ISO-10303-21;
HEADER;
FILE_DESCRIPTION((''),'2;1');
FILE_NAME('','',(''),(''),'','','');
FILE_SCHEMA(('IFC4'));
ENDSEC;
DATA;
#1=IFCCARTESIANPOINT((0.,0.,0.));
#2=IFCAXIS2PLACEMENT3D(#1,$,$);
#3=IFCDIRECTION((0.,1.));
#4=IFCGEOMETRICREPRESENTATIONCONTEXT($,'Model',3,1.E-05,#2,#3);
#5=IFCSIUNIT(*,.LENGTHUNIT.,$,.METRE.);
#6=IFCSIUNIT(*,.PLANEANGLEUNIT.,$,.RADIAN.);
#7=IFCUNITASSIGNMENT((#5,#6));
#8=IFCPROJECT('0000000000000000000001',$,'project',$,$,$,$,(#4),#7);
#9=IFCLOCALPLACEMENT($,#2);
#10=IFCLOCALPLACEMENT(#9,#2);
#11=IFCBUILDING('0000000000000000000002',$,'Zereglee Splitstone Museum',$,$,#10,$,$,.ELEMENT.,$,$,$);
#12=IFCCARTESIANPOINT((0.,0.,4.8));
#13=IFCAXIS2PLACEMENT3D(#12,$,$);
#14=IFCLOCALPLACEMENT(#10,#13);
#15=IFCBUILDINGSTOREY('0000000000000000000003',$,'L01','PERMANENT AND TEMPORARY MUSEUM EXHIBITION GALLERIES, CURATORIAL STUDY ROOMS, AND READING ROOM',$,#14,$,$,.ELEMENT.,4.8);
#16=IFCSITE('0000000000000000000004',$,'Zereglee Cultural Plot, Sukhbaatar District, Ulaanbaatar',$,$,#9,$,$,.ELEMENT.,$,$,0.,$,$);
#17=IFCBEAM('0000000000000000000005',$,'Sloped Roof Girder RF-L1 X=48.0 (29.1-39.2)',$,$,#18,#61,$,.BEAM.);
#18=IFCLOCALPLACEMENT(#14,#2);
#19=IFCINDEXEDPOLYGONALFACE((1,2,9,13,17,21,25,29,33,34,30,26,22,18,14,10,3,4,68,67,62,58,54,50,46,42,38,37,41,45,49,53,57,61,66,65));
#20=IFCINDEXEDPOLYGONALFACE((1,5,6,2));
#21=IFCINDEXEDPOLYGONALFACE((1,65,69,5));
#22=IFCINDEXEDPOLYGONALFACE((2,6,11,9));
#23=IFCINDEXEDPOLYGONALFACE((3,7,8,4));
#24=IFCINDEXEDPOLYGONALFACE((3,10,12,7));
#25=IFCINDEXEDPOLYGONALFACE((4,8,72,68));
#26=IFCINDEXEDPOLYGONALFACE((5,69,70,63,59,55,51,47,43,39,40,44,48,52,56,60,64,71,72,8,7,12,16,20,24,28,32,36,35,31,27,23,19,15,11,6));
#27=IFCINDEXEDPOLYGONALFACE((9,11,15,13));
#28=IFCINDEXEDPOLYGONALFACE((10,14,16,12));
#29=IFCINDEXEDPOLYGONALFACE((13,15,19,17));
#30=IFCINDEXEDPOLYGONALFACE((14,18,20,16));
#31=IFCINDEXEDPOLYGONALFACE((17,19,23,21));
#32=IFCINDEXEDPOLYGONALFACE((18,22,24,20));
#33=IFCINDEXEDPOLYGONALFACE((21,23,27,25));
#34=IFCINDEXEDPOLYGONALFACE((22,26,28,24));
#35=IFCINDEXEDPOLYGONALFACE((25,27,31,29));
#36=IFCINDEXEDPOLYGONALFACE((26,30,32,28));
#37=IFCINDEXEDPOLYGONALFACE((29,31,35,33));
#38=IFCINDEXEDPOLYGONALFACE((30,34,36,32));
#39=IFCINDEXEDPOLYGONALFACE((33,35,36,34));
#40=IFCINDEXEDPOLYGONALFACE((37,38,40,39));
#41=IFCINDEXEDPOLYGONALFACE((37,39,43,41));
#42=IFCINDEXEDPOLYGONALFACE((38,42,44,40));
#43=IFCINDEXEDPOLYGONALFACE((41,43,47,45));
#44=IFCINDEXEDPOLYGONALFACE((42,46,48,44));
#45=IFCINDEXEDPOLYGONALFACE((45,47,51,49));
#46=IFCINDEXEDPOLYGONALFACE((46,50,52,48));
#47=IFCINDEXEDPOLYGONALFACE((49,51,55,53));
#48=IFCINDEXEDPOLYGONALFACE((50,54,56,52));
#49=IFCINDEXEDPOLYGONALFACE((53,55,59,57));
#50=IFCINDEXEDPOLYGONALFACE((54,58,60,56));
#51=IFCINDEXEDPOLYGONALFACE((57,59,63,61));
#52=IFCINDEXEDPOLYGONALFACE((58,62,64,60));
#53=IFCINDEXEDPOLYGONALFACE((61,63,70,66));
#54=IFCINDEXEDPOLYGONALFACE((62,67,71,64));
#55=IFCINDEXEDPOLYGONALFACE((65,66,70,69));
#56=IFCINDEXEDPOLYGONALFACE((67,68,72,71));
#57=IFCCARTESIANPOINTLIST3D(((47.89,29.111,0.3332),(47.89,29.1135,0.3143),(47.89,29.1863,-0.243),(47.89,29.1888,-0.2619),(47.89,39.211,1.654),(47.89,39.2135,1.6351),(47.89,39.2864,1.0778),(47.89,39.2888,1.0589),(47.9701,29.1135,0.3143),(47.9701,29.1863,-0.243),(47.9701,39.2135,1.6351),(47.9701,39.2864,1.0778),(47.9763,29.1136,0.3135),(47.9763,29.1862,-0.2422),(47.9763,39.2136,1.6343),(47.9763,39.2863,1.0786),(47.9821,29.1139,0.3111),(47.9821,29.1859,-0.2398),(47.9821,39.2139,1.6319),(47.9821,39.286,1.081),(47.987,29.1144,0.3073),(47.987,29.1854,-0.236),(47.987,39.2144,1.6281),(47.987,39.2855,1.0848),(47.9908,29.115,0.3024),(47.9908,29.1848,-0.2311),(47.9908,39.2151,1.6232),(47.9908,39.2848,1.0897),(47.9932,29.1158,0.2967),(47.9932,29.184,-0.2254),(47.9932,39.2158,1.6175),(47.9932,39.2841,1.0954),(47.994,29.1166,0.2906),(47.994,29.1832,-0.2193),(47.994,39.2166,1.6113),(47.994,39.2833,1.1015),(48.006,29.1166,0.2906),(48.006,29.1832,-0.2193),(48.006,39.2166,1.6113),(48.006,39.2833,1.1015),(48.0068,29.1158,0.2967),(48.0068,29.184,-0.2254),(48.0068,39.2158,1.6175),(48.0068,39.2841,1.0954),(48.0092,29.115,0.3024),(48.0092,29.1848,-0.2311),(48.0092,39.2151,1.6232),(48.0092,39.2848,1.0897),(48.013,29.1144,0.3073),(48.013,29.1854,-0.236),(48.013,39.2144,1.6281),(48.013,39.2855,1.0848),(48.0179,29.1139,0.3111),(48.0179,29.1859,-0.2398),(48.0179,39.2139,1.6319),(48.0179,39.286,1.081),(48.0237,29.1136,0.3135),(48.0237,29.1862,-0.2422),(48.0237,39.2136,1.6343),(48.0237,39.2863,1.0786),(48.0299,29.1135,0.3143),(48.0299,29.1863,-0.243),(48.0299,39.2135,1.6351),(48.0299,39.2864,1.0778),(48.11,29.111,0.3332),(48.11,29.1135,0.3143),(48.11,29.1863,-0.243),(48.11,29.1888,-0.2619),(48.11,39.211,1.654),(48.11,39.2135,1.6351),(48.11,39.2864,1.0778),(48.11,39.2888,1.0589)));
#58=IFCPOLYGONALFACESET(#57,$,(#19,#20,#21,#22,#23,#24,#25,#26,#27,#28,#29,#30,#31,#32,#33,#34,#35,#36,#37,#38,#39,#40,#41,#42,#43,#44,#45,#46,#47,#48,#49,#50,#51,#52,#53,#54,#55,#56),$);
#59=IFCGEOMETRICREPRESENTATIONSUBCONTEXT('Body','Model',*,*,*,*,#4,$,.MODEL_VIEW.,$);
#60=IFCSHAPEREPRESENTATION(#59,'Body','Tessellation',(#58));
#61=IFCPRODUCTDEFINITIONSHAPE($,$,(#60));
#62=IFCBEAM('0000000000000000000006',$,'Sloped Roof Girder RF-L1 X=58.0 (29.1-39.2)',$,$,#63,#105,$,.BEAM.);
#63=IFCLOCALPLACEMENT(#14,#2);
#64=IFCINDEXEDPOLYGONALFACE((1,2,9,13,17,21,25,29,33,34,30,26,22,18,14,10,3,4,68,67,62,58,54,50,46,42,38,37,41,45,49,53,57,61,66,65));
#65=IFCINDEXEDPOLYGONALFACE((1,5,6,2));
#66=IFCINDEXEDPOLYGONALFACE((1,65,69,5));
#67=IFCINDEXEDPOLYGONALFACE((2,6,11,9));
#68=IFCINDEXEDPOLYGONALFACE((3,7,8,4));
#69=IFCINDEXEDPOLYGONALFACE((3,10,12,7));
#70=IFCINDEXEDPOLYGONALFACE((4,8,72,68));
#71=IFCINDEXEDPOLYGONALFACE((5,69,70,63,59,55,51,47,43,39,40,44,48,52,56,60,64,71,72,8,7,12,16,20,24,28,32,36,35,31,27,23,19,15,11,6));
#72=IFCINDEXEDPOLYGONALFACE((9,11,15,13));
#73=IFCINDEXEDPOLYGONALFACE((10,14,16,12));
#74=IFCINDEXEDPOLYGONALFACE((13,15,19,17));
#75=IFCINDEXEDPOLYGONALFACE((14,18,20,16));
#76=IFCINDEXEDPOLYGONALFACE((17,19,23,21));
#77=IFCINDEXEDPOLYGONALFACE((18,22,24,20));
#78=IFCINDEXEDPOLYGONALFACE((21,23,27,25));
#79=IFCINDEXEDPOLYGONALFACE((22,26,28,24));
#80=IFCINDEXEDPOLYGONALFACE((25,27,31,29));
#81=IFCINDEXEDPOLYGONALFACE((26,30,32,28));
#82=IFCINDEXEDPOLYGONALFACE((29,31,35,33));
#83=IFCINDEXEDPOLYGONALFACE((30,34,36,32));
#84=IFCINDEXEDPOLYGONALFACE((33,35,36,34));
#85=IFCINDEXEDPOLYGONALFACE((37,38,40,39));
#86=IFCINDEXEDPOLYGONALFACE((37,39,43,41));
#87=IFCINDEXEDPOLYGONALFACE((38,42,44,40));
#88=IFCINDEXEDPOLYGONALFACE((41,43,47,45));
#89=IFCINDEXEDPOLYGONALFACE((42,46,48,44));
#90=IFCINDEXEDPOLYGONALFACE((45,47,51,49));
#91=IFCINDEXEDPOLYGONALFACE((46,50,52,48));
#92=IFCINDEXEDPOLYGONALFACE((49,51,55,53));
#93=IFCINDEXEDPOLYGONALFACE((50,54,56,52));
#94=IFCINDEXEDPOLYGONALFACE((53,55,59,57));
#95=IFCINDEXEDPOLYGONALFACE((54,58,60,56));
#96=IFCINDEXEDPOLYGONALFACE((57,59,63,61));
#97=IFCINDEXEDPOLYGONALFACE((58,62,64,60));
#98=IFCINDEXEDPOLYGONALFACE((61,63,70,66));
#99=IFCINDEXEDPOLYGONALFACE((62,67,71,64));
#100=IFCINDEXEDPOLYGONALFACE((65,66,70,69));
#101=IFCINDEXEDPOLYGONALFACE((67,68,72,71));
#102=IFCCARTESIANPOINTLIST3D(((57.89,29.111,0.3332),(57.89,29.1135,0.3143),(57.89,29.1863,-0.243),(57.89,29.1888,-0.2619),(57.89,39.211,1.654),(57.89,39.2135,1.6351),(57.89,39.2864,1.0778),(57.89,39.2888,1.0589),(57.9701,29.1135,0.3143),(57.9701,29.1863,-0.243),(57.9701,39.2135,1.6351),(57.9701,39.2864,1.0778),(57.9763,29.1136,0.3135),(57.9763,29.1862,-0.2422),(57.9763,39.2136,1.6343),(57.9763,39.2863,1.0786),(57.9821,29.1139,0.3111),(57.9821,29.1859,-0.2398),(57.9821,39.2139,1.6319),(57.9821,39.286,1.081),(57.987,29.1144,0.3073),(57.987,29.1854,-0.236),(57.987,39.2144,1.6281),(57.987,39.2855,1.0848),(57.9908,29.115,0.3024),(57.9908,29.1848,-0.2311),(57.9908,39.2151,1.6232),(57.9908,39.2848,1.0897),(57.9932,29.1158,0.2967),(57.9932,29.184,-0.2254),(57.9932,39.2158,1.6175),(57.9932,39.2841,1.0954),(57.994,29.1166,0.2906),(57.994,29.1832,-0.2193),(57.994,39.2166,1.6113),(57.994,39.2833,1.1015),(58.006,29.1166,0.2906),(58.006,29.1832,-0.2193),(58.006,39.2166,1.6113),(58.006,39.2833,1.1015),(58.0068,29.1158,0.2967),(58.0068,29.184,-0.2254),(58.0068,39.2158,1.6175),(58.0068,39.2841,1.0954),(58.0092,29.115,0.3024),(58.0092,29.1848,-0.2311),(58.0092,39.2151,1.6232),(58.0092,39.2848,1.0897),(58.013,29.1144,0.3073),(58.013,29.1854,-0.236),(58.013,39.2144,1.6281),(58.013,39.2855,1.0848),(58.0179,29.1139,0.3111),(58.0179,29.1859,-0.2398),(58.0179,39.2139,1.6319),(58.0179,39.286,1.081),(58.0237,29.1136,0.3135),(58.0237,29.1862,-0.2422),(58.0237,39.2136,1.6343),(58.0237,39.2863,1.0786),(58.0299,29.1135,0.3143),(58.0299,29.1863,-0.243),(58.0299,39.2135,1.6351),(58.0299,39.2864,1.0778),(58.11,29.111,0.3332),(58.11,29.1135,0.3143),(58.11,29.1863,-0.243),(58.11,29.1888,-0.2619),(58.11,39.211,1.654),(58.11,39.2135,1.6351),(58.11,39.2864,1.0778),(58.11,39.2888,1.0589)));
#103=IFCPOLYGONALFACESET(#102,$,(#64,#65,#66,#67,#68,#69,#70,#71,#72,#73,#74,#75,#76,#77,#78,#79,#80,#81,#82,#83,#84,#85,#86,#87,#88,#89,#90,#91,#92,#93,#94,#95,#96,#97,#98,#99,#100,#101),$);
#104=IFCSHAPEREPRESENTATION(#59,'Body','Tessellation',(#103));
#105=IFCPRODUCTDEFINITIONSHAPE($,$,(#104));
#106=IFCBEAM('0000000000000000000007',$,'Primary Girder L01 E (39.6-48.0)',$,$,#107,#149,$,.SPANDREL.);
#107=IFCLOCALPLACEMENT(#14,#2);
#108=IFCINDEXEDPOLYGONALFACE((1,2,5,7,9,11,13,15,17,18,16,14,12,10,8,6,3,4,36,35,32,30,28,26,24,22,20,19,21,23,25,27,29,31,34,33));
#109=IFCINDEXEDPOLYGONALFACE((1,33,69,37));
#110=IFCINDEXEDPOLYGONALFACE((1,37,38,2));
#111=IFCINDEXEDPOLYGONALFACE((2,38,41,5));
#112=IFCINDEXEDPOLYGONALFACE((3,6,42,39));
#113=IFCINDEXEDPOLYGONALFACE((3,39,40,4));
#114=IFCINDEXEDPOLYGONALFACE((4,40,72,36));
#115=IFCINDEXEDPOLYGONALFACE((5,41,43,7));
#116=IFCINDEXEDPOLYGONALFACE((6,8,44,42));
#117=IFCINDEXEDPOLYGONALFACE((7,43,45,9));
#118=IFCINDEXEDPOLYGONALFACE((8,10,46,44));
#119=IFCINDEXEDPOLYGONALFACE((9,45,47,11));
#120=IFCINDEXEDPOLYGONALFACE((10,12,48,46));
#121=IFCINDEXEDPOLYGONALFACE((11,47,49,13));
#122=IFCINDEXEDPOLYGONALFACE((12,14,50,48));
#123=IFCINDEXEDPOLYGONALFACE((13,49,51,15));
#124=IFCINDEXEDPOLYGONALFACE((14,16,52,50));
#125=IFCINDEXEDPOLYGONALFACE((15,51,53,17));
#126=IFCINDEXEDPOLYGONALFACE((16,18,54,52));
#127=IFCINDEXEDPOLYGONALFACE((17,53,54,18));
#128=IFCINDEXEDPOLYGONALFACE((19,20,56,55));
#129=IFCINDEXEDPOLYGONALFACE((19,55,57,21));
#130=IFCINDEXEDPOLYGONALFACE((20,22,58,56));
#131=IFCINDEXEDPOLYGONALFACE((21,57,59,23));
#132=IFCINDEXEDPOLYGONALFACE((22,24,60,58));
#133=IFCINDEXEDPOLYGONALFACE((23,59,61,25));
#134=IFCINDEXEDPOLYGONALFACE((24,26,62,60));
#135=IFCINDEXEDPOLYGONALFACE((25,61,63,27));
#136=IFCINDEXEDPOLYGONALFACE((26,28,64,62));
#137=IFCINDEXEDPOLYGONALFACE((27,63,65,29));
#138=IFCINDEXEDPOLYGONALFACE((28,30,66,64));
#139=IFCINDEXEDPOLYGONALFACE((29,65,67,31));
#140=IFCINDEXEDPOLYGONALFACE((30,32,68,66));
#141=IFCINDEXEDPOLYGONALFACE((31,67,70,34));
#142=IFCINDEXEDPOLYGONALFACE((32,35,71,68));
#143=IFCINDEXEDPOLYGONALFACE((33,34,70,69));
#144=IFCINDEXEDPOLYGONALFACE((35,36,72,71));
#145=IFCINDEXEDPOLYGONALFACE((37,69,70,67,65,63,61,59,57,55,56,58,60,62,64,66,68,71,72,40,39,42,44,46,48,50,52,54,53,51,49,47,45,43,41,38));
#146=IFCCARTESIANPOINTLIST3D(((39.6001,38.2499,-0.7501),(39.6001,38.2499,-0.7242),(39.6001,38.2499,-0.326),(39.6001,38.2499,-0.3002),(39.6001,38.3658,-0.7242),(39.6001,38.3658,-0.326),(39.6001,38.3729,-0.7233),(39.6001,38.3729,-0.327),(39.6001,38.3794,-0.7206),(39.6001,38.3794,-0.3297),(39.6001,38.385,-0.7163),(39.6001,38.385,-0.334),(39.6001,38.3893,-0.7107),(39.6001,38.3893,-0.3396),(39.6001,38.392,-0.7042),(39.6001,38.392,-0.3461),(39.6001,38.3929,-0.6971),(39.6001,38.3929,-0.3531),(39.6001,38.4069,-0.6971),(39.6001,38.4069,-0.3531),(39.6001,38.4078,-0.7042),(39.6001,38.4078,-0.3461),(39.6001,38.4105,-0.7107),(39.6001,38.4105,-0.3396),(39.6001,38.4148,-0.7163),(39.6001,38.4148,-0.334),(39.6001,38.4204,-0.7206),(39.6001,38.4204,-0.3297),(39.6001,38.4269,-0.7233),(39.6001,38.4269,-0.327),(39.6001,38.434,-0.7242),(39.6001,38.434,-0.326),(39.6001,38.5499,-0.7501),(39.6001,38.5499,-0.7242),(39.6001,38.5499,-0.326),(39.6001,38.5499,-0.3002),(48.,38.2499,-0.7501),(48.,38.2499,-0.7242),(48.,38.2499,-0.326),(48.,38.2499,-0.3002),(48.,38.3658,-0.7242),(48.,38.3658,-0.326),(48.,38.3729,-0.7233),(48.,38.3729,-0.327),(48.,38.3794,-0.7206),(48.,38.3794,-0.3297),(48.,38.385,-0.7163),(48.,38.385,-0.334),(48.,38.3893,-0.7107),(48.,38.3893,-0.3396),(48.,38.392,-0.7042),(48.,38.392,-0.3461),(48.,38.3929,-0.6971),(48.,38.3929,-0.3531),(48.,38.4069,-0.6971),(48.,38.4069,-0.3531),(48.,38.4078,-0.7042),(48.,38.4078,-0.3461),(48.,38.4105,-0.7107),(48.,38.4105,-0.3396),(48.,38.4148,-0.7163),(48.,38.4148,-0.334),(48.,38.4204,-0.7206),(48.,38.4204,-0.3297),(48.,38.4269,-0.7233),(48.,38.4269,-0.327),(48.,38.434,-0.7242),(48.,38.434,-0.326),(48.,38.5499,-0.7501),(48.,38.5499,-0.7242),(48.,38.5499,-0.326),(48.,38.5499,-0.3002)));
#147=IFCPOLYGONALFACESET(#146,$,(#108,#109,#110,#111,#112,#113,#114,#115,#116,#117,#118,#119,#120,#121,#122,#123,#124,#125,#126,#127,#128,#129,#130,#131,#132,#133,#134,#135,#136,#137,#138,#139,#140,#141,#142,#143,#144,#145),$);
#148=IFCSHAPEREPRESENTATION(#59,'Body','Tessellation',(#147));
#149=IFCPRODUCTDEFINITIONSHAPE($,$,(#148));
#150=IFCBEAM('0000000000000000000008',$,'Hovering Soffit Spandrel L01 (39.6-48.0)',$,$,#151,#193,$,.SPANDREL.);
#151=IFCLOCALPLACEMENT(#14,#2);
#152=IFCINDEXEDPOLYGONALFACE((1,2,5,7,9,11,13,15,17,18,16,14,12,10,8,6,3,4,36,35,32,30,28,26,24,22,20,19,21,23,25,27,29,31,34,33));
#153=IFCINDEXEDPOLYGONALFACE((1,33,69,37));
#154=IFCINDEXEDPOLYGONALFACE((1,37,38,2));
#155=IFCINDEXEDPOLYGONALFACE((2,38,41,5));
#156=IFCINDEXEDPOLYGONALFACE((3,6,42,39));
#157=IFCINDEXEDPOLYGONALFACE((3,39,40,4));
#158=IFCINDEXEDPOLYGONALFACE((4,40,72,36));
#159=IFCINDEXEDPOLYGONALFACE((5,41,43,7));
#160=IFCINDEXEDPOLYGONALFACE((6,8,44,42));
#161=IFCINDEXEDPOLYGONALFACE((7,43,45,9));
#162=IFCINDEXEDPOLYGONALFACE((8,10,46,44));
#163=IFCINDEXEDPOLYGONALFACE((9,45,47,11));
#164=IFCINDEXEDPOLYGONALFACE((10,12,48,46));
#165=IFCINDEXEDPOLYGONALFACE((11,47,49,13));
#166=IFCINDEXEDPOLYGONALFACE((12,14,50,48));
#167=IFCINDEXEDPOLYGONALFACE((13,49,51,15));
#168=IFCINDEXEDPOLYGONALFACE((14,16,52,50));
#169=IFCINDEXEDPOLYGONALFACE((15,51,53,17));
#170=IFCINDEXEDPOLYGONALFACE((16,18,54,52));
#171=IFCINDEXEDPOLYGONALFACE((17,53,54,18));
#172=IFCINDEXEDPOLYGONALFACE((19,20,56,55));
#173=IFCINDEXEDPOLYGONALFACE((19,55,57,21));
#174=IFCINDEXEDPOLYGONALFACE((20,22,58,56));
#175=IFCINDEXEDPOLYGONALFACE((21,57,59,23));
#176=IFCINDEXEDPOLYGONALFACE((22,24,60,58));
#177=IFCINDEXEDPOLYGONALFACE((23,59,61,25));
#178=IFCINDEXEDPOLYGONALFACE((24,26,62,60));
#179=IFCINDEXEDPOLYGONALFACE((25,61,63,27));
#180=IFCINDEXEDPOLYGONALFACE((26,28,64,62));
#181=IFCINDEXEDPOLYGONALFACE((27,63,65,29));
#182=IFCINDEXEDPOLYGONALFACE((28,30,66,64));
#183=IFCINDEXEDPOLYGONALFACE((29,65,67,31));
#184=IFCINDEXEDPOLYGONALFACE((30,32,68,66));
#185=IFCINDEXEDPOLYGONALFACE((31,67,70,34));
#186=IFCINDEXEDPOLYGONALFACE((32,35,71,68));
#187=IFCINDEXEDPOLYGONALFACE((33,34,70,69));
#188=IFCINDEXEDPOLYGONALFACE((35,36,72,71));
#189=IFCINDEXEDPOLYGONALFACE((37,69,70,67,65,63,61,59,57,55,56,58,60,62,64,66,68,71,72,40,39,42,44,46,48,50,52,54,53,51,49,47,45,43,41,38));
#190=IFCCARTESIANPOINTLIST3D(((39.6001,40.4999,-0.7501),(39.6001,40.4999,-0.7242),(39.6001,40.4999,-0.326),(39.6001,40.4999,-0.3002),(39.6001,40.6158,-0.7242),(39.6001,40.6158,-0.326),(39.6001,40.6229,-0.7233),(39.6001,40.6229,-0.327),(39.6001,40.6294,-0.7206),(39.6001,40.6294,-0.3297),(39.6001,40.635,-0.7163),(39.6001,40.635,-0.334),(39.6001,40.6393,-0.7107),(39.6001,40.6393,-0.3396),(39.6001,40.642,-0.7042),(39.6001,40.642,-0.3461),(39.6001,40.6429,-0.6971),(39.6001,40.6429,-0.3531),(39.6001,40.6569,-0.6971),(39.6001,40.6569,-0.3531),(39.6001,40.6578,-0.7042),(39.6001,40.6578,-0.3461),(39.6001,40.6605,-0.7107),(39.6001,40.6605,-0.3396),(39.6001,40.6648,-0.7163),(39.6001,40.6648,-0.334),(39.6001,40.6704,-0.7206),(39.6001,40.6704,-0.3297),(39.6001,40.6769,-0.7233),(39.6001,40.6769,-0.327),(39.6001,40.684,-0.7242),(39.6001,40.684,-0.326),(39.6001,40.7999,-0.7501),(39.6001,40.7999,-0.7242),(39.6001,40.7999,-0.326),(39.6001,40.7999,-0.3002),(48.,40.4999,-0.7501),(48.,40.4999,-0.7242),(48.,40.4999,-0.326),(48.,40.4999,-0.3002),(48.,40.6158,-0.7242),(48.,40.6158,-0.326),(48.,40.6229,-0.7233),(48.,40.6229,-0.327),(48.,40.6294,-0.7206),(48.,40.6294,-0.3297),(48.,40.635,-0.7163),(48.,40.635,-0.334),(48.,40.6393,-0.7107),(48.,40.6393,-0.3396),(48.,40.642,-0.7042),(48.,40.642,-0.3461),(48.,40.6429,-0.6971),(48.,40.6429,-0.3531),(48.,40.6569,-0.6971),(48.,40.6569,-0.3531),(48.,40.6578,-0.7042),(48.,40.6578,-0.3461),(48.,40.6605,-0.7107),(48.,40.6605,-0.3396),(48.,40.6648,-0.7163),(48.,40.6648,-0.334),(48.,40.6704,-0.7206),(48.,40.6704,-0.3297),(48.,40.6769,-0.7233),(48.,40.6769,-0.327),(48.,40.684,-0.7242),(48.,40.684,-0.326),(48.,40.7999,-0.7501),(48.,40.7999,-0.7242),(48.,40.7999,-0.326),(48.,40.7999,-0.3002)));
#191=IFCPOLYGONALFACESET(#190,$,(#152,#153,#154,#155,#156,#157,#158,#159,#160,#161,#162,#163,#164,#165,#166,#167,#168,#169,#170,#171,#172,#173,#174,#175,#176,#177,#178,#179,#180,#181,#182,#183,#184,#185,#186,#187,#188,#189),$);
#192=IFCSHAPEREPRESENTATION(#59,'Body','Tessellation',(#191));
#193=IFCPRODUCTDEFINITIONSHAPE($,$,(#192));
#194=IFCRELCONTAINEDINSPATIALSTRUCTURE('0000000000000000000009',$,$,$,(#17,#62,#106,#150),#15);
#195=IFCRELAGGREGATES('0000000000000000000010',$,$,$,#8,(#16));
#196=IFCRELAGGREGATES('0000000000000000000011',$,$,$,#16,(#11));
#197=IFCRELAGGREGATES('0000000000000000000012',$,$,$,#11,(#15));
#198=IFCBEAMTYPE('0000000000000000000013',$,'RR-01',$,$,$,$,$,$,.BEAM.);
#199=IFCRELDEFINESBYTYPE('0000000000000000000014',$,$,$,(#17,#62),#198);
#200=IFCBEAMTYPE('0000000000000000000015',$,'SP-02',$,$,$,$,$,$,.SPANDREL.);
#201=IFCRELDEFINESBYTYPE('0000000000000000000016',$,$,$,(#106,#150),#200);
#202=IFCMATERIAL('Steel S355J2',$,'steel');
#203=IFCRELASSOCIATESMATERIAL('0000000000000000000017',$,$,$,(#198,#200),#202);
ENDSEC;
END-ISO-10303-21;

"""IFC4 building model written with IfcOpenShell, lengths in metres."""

from ifc_helpers import new_model, si_unit, direction, frame, origin, origin_2d, place, context, subcontext, project, spatial, i_section, extrude, material, material_profile, profile_set, type_object, element, save


model = new_model("IFC4")

# Units and contexts
model_context = context("Model", 3, precision=1e-05, world=origin(), true_north=direction((0.0, 1.0)))
body_context = subcontext(model_context, "Body", "Model", "MODEL_VIEW")
ifc_project = project(units=[si_unit("LENGTHUNIT", "METRE"), si_unit("PLANEANGLEUNIT", "RADIAN")], contexts=[model_context])

# Site, building, storey
site_placement = place(None, origin())
site = spatial("IfcSite", under=ifc_project, at=site_placement, Name="Zereglee Cultural Plot, Sukhbaatar District, Ulaanbaatar", CompositionType="ELEMENT", RefElevation=0.0)
building_placement = place(site_placement, origin())
building = spatial("IfcBuilding", under=site, at=building_placement, Name="Zereglee Splitstone Museum", CompositionType="ELEMENT")
storey_placement = place(building_placement, frame((0.0, 0.0, 4.8)))
storey = spatial("IfcBuildingStorey", under=building, at=storey_placement, Name="L01", Description="PERMANENT AND TEMPORARY MUSEUM EXHIBITION GALLERIES, CURATORIAL STUDY ROOMS, AND READING ROOM", CompositionType="ELEMENT", Elevation=4.8)

# Shared definitions
ifc_material_1 = material(Name="Steel S355J2", Category="steel")

# Beams
ifc_material_profile_1 = material_profile(ifc_material_1, i_section(OverallWidth=0.22, OverallDepth=0.6001, WebThickness=0.012, FlangeThickness=0.019, FilletRadius=0.0239, at=origin_2d()), Name="IPE 600")
ifc_profile_set_1 = profile_set([ifc_material_profile_1], Name="Steel S355J2")
beam_type_1 = type_object("IfcBeamType", Name="RR-01", PredefinedType="BEAM", material=ifc_profile_set_1)
for number, where, z_axis, x_axis, name in (
    (1, (48.0, 29.1499, 0.0356), (0.0, 0.991558, 0.129667), (-1.0, 0.0, 0.0), "Sloped Roof Girder RF-L1 X=48.0 (29.1-39.2)"),
    (2, (58.0, 29.1499, 0.0356), (0.0, 0.991558, 0.129667), (-1.0, 0.0, 0.0), "Sloped Roof Girder RF-L1 X=58.0 (29.1-39.2)"),
):
    element("IfcBeam", number, at=place(storey_placement, frame(where, z_axis=z_axis, x_axis=x_axis)), inside=storey, type_object=beam_type_1, Name=name, PredefinedType="BEAM", context=body_context, shape_type="SweptSolid", body=[
        extrude(i_section(OverallWidth=0.22, OverallDepth=0.6001, WebThickness=0.012, FlangeThickness=0.019, FilletRadius=0.0239, at=origin_2d()), origin(), (0.0, 0.0, 1.0), 10.186),
    ])
ifc_material_profile_2 = material_profile(ifc_material_1, i_section(OverallWidth=0.3, OverallDepth=0.45, WebThickness=0.0139, FlangeThickness=0.0259, FilletRadius=0.0271, at=origin_2d()), Name="HE 450 B")
ifc_profile_set_2 = profile_set([ifc_material_profile_2], Name="Steel S355J2")
beam_type_2 = type_object("IfcBeamType", Name="SP-02", PredefinedType="SPANDREL", material=ifc_profile_set_2)
for number, where, z_axis, x_axis, name in (
    (3, (39.6001, 38.3999, -0.5251), (1.0, 0.0, 0.0), (0.0, 1.0, 0.0), "Primary Girder L01 E (39.6-48.0)"),
    (4, (39.6001, 40.6499, -0.5251), (1.0, 0.0, 0.0), (0.0, 1.0, 0.0), "Hovering Soffit Spandrel L01 (39.6-48.0)"),
):
    element("IfcBeam", number, at=place(storey_placement, frame(where, z_axis=z_axis, x_axis=x_axis)), inside=storey, type_object=beam_type_2, Name=name, PredefinedType="SPANDREL", context=body_context, shape_type="SweptSolid", body=[
        extrude(i_section(OverallWidth=0.3, OverallDepth=0.45, WebThickness=0.0139, FlangeThickness=0.0259, FilletRadius=0.0271, at=origin_2d()), origin(), (0.0, 0.0, 1.0), 8.3999),
    ])

save(model, "model.ifc")
